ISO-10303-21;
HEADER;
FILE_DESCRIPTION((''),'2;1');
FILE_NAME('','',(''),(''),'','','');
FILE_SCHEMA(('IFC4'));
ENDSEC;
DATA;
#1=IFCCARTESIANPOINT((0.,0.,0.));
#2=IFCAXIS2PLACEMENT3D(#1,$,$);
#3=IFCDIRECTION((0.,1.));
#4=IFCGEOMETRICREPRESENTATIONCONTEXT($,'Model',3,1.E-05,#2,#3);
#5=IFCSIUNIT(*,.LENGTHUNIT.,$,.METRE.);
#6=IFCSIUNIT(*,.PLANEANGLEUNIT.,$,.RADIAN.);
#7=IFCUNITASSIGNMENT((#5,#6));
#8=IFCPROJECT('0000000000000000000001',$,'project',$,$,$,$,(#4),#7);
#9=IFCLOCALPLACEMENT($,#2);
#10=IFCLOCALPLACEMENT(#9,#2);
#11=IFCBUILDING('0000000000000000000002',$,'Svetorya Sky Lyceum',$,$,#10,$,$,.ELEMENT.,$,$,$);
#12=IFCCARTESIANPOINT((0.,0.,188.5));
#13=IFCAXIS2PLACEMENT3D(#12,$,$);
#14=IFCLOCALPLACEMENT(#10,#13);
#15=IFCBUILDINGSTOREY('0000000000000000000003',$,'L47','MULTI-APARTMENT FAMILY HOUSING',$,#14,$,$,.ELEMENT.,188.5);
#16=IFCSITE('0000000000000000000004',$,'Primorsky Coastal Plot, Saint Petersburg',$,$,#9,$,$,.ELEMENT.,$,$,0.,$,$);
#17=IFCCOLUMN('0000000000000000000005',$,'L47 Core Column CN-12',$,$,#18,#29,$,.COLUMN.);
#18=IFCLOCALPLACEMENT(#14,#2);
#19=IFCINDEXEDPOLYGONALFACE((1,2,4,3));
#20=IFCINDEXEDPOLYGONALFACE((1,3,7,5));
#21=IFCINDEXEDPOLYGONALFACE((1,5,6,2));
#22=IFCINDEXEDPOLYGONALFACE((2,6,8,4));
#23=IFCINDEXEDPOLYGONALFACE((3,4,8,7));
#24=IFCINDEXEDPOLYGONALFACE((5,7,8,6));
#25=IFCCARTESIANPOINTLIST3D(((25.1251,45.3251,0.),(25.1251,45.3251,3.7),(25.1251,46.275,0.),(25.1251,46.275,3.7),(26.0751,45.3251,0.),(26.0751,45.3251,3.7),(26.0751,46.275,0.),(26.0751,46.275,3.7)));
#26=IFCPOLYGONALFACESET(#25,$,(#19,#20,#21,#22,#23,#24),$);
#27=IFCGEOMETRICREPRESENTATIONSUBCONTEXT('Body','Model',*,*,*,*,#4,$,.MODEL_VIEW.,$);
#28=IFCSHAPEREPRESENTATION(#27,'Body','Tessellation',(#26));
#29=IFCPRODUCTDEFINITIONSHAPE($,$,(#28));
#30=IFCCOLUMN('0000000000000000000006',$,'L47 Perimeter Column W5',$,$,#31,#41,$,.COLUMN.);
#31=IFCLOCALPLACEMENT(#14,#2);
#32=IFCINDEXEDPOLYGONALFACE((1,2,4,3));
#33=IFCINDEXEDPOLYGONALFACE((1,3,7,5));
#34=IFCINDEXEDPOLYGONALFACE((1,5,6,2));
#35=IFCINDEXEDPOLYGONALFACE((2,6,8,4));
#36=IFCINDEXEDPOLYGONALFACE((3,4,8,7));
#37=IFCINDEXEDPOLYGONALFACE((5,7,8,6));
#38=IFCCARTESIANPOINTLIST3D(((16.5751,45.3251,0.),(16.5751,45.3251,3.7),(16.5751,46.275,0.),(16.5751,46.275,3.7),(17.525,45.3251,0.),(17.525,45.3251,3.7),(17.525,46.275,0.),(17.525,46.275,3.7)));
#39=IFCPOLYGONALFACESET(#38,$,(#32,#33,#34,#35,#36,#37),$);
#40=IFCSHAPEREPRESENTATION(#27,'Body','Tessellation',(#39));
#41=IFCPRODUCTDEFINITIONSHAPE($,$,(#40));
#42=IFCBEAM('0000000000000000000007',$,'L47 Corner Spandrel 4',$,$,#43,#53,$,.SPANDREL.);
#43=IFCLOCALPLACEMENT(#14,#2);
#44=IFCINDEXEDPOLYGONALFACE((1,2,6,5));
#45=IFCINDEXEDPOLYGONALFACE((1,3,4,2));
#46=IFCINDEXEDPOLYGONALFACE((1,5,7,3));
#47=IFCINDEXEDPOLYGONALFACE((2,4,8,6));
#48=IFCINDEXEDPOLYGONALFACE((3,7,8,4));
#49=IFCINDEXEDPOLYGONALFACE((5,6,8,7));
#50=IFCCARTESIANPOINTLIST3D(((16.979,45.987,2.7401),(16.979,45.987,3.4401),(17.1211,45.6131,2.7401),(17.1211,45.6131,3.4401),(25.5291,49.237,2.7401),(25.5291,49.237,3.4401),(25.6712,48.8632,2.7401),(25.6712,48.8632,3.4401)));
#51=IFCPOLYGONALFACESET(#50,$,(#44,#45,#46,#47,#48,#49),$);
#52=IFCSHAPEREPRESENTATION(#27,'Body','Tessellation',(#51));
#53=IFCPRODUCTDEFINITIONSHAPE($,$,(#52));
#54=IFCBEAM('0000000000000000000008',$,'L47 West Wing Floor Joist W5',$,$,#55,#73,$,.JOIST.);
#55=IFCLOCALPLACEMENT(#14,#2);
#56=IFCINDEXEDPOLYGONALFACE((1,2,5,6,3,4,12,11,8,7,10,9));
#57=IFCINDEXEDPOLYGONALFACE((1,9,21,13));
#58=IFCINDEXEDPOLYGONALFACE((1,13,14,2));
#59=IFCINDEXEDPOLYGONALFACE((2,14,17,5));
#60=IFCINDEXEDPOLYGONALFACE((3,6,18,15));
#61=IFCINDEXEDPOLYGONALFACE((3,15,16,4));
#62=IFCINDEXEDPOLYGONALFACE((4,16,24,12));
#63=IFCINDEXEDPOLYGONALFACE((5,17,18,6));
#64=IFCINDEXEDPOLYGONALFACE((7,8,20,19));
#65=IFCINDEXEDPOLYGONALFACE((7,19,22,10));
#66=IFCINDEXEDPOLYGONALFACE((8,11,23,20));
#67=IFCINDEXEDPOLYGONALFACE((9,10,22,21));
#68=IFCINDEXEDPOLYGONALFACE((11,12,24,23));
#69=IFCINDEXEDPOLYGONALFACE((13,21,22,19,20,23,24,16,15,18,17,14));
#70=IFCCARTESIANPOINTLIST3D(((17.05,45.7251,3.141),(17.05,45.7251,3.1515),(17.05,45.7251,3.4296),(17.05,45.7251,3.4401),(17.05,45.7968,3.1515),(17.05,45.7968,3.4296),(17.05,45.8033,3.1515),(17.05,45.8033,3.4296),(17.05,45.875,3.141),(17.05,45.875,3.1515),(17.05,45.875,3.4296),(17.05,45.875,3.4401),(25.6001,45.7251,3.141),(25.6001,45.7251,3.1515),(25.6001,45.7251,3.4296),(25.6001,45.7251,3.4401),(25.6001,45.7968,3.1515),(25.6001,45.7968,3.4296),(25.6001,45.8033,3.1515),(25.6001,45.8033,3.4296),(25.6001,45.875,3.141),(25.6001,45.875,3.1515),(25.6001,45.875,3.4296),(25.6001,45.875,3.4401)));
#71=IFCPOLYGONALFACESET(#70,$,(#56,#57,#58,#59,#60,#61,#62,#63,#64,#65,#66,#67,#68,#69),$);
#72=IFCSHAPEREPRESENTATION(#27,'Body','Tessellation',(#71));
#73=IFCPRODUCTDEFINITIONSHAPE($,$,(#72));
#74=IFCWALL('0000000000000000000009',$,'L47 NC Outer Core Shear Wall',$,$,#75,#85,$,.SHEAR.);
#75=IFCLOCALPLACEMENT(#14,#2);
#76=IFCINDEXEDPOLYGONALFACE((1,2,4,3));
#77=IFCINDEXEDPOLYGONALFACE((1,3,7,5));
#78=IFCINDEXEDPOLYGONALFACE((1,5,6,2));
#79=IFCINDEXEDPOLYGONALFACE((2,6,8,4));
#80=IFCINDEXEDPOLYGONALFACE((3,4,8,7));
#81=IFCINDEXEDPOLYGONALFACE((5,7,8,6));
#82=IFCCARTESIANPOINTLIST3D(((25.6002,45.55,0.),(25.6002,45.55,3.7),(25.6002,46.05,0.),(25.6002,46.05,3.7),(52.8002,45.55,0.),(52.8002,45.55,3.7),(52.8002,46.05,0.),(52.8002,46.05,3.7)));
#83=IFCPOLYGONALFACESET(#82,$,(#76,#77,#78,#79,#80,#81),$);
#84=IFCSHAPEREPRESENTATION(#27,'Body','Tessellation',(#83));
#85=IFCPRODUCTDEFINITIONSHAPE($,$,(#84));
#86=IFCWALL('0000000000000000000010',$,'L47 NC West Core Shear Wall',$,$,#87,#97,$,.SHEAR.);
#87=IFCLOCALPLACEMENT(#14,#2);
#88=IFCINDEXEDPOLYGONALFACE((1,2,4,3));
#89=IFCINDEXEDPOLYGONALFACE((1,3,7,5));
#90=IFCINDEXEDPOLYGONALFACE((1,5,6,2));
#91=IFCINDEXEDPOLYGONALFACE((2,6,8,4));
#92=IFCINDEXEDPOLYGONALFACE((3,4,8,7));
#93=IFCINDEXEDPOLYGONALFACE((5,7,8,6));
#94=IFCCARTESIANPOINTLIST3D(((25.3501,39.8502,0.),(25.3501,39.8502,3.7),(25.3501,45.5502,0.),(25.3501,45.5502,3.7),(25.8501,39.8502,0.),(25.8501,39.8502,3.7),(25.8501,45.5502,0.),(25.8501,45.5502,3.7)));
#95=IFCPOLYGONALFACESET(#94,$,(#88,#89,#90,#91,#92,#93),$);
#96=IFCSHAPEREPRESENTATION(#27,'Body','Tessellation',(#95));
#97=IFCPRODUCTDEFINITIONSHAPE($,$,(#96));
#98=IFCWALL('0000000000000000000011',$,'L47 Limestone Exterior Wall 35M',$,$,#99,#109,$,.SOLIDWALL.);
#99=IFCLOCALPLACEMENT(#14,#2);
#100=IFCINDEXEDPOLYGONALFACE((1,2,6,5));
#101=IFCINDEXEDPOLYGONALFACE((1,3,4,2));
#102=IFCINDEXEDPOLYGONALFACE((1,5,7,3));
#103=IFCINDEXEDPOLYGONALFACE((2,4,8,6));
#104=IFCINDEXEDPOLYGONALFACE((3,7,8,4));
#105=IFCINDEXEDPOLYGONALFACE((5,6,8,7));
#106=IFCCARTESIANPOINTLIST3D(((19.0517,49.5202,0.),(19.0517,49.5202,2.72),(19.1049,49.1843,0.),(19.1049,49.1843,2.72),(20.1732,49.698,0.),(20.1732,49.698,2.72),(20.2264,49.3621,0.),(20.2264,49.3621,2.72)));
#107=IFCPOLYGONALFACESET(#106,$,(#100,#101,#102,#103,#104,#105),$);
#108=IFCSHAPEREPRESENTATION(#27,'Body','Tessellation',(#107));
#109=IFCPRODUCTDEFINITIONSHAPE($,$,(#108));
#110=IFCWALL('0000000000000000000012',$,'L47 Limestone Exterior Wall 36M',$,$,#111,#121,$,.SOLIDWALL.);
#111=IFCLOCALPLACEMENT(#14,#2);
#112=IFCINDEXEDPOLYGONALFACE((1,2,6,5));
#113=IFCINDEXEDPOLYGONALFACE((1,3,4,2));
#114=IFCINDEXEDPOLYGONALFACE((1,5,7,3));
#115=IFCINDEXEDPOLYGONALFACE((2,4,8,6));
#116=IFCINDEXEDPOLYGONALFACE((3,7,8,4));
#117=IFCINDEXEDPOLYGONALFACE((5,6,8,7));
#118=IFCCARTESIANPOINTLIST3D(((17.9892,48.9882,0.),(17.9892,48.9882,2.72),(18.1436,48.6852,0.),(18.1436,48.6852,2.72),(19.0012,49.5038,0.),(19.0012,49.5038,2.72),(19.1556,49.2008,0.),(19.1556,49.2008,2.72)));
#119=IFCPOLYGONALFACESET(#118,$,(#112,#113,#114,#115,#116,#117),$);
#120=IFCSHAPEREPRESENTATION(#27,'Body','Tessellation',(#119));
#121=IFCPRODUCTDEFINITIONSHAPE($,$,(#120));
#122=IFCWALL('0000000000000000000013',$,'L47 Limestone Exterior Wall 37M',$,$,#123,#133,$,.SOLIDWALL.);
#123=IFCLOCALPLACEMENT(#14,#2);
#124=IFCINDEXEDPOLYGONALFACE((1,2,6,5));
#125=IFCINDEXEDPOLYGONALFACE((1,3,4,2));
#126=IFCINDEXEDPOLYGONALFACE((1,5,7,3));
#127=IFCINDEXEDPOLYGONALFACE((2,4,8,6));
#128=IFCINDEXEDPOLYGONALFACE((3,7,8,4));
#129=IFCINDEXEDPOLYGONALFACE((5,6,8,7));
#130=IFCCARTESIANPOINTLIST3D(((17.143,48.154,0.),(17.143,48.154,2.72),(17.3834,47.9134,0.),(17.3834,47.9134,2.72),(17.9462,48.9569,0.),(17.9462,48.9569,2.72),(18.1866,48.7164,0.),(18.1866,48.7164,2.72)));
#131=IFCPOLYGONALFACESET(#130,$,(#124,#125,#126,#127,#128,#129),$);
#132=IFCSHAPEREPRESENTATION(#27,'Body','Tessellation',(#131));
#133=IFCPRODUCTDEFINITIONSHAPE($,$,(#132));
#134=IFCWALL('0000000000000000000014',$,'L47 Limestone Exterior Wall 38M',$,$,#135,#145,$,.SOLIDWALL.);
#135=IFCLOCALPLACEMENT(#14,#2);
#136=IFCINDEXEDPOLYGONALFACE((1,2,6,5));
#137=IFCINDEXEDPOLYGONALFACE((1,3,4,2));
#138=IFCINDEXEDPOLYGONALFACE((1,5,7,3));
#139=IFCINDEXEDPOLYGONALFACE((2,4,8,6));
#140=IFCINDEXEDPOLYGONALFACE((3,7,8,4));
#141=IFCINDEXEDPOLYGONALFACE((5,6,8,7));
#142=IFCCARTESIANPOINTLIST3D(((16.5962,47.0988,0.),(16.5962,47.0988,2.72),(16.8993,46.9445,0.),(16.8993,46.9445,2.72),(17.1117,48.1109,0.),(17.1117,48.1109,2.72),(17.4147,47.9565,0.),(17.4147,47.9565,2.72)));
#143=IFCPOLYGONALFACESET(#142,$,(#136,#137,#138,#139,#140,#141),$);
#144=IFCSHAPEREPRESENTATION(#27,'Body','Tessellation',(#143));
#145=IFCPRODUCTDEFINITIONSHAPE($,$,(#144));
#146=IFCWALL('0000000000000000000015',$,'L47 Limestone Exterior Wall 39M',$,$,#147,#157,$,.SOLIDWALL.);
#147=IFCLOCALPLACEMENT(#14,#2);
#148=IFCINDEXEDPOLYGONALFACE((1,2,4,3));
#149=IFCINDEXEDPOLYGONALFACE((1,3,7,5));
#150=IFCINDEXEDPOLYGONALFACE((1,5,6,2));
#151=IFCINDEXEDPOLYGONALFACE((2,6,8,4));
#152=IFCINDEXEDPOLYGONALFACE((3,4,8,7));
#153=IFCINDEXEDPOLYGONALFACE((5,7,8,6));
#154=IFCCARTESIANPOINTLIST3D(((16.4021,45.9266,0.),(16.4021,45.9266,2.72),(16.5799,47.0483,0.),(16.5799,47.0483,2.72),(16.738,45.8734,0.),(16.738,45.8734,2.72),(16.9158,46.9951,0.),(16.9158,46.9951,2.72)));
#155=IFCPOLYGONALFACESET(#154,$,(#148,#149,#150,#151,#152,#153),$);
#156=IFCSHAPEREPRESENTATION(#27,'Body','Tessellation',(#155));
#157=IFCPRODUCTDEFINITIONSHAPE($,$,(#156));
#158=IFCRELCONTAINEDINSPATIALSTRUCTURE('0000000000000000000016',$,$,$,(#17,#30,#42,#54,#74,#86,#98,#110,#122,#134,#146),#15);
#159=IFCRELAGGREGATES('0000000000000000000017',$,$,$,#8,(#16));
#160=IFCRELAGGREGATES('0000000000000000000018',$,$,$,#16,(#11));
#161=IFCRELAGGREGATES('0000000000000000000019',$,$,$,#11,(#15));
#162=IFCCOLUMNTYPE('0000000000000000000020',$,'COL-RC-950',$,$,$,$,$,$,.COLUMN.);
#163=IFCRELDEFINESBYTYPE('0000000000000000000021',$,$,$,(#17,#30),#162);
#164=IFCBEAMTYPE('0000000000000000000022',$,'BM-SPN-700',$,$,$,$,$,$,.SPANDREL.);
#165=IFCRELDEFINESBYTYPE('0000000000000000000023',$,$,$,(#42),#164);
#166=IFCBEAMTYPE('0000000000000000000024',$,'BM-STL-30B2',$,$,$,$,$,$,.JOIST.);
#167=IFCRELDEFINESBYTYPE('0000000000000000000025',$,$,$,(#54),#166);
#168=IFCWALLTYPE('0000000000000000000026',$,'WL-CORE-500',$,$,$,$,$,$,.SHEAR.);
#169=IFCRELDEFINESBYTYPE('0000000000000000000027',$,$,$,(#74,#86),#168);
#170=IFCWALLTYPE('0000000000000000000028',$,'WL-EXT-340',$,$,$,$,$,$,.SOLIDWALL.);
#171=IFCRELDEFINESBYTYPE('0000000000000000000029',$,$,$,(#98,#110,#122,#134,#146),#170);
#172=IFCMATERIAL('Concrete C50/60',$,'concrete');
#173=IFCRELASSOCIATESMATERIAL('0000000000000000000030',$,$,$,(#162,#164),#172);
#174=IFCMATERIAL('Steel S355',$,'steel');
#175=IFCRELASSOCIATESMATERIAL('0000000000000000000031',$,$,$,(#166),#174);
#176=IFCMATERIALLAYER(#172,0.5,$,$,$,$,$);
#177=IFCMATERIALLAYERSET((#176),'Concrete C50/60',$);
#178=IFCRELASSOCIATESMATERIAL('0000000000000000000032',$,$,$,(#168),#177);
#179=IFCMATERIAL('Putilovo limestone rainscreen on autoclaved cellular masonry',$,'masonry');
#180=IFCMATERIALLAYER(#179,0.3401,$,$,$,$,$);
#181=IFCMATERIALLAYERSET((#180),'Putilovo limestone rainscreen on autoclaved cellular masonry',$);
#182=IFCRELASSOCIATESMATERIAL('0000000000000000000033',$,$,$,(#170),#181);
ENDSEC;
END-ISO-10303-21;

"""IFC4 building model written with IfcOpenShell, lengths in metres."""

from ifc_helpers import new_model, si_unit, direction, frame, frame_2d, origin, origin_2d, place, context, subcontext, project, spatial, rectangle, i_section, extrude, material, layer, layer_set, material_profile, profile_set, type_object, element, save


model = new_model("IFC4")

# Units and contexts
model_context = context("Model", 3, precision=1e-05, world=origin(), true_north=direction((0.0, 1.0)))
body_context = subcontext(model_context, "Body", "Model", "MODEL_VIEW")
ifc_project = project(units=[si_unit("LENGTHUNIT", "METRE"), si_unit("PLANEANGLEUNIT", "RADIAN")], contexts=[model_context])

# Site, building, storey
site_placement = place(None, origin())
site = spatial("IfcSite", under=ifc_project, at=site_placement, Name="Primorsky Coastal Plot, Saint Petersburg", CompositionType="ELEMENT", RefElevation=0.0)
building_placement = place(site_placement, origin())
building = spatial("IfcBuilding", under=site, at=building_placement, Name="Svetorya Sky Lyceum", CompositionType="ELEMENT")
storey_placement = place(building_placement, frame((0.0, 0.0, 188.5)))
storey = spatial("IfcBuildingStorey", under=building, at=storey_placement, Name="L47", Description="MULTI-APARTMENT FAMILY HOUSING", CompositionType="ELEMENT", Elevation=188.5)

# Columns
ifc_material_1 = material(Name="Concrete C50/60", Category="concrete")
ifc_material_profile_1 = material_profile(ifc_material_1, rectangle(XDim=0.95, YDim=0.95, at=origin_2d()), Name="RC COL 950x950")
ifc_profile_set_1 = profile_set([ifc_material_profile_1], Name="Concrete C50/60")
column_type = type_object("IfcColumnType", Name="COL-RC-950", PredefinedType="COLUMN", material=ifc_profile_set_1)
for number, where, z_axis, x_axis, name in (
    (1, (25.6001, 45.8, 0.0), (0.0, 0.0, 1.0), (1.0, 0.0, 0.0), "L47 Core Column CN-12"),
    (2, (17.05, 45.8, 0.0), (0.0, 0.0, 1.0), (1.0, 0.0, 0.0), "L47 Perimeter Column W5"),
):
    element("IfcColumn", number, at=place(storey_placement, frame(where, z_axis=z_axis, x_axis=x_axis)), inside=storey, type_object=column_type, Name=name, PredefinedType="COLUMN", context=body_context, shape_type="SweptSolid", body=[
        extrude(rectangle(XDim=0.95, YDim=0.95, at=origin_2d()), origin(), (0.0, 0.0, 1.0), 3.7),
    ])

# Beams
ifc_material_profile_2 = material_profile(ifc_material_1, rectangle(XDim=0.3999, YDim=0.7, at=origin_2d()), Name="RC SPANDREL 400x700")
ifc_profile_set_2 = profile_set([ifc_material_profile_2], Name="Concrete C50/60")
beam_type_1 = type_object("IfcBeamType", Name="BM-SPN-700", PredefinedType="SPANDREL", material=ifc_profile_set_2)
beam_1_placement = place(storey_placement, frame((17.05, 45.8, 3.0901), z_axis=(0.934748, 0.355312, 0.0), x_axis=(-0.355312, 0.934748, 0.0)))
element("IfcBeam", 3, at=beam_1_placement, inside=storey, type_object=beam_type_1, Name="L47 Corner Spandrel 4", PredefinedType="SPANDREL", context=body_context, shape_type="SweptSolid", body=[
    extrude(rectangle(XDim=0.3999, YDim=0.7, at=origin_2d()), origin(), (0.0, 0.0, 1.0), 9.147),
])
ifc_material_2 = material(Name="Steel S355", Category="steel")
ifc_material_profile_3 = material_profile(ifc_material_2, i_section(OverallWidth=0.1499, OverallDepth=0.2991, WebThickness=0.0066, FlangeThickness=0.0105, at=origin_2d()), Name="GOST 30B2")
ifc_profile_set_3 = profile_set([ifc_material_profile_3], Name="Steel S355")
beam_type_2 = type_object("IfcBeamType", Name="BM-STL-30B2", PredefinedType="JOIST", material=ifc_profile_set_3)
beam_2_placement = place(storey_placement, frame((17.05, 45.8, 3.2905), z_axis=(1.0, 0.0, 0.0), x_axis=(0.0, 1.0, 0.0)))
element("IfcBeam", 4, at=beam_2_placement, inside=storey, type_object=beam_type_2, Name="L47 West Wing Floor Joist W5", PredefinedType="JOIST", context=body_context, shape_type="SweptSolid", body=[
    extrude(i_section(OverallWidth=0.1499, OverallDepth=0.2991, WebThickness=0.0066, FlangeThickness=0.0105, at=origin_2d()), origin(), (0.0, 0.0, 1.0), 8.55),
])

# Walls
ifc_layer_1 = layer(ifc_material_1, 0.5)
ifc_layer_set_1 = layer_set([ifc_layer_1], Name="Concrete C50/60")
wall_type_1 = type_object("IfcWallType", Name="WL-CORE-500", PredefinedType="SHEAR", material=ifc_layer_set_1)
wall_1_placement = place(storey_placement, frame((25.6001, 45.8, 0.0), z_axis=(0.0, 0.0, 1.0), x_axis=(1.0, 0.0, 0.0)))
element("IfcWall", 5, at=wall_1_placement, inside=storey, type_object=wall_type_1, Name="L47 NC Outer Core Shear Wall", PredefinedType="SHEAR", context=body_context, shape_type="SweptSolid", body=[
    extrude(rectangle(XDim=27.2, YDim=0.5, at=frame_2d((13.6001, 0.0))), origin(), (0.0, 0.0, 1.0), 3.7),
])
wall_2_placement = place(storey_placement, frame((25.6001, 39.8501, 0.0), z_axis=(0.0, 0.0, 1.0), x_axis=(0.0, 1.0, 0.0)))
element("IfcWall", 6, at=wall_2_placement, inside=storey, type_object=wall_type_1, Name="L47 NC West Core Shear Wall", PredefinedType="SHEAR", context=body_context, shape_type="SweptSolid", body=[
    extrude(rectangle(XDim=5.7, YDim=0.5, at=frame_2d((2.8501, 0.0))), origin(), (0.0, 0.0, 1.0), 3.7),
])
ifc_material_3 = material(Name="Putilovo limestone rainscreen on autoclaved cellular masonry", Category="masonry")
ifc_layer_2 = layer(ifc_material_3, 0.3401)
ifc_layer_set_2 = layer_set([ifc_layer_2], Name="Putilovo limestone rainscreen on autoclaved cellular masonry")
wall_type_2 = type_object("IfcWallType", Name="WL-EXT-340", PredefinedType="SOLIDWALL", material=ifc_layer_set_2)
wall_3_placement = place(storey_placement, frame((20.2, 49.53, 0.0), z_axis=(0.0, 0.0, 1.0), x_axis=(-0.987676, -0.156515, 0.0)))
element("IfcWall", 7, at=wall_3_placement, inside=storey, type_object=wall_type_2, Name="L47 Limestone Exterior Wall 35M", PredefinedType="SOLIDWALL", context=body_context, shape_type="SweptSolid", body=[
    extrude(rectangle(XDim=1.1355, YDim=0.3401, at=frame_2d((0.5679, 0.0))), origin(), (0.0, 0.0, 1.0), 2.72),
])
for number, where, z_axis, x_axis, name in (
    (8, (19.0784, 49.3523, 0.0), (0.0, 0.0, 1.0), (-0.891005, -0.453993, 0.0), "L47 Limestone Exterior Wall 36M"),
    (9, (18.0664, 48.8367, 0.0), (0.0, 0.0, 1.0), (-0.707214, -0.706999, 0.0), "L47 Limestone Exterior Wall 37M"),
    (10, (17.2632, 48.0337, 0.0), (0.0, 0.0, 1.0), (-0.453823, -0.891092, 0.0), "L47 Limestone Exterior Wall 38M"),
    (11, (16.7478, 47.0217, 0.0), (0.0, 0.0, 1.0), (-0.156481, -0.987681, 0.0), "L47 Limestone Exterior Wall 39M"),
):
    element("IfcWall", number, at=place(storey_placement, frame(where, z_axis=z_axis, x_axis=x_axis)), inside=storey, type_object=wall_type_2, Name=name, PredefinedType="SOLIDWALL", context=body_context, shape_type="SweptSolid", body=[
        extrude(rectangle(XDim=1.1357, YDim=0.3401, at=frame_2d((0.5679, 0.0))), origin(), (0.0, 0.0, 1.0), 2.72),
    ])

save(model, "model.ifc")
